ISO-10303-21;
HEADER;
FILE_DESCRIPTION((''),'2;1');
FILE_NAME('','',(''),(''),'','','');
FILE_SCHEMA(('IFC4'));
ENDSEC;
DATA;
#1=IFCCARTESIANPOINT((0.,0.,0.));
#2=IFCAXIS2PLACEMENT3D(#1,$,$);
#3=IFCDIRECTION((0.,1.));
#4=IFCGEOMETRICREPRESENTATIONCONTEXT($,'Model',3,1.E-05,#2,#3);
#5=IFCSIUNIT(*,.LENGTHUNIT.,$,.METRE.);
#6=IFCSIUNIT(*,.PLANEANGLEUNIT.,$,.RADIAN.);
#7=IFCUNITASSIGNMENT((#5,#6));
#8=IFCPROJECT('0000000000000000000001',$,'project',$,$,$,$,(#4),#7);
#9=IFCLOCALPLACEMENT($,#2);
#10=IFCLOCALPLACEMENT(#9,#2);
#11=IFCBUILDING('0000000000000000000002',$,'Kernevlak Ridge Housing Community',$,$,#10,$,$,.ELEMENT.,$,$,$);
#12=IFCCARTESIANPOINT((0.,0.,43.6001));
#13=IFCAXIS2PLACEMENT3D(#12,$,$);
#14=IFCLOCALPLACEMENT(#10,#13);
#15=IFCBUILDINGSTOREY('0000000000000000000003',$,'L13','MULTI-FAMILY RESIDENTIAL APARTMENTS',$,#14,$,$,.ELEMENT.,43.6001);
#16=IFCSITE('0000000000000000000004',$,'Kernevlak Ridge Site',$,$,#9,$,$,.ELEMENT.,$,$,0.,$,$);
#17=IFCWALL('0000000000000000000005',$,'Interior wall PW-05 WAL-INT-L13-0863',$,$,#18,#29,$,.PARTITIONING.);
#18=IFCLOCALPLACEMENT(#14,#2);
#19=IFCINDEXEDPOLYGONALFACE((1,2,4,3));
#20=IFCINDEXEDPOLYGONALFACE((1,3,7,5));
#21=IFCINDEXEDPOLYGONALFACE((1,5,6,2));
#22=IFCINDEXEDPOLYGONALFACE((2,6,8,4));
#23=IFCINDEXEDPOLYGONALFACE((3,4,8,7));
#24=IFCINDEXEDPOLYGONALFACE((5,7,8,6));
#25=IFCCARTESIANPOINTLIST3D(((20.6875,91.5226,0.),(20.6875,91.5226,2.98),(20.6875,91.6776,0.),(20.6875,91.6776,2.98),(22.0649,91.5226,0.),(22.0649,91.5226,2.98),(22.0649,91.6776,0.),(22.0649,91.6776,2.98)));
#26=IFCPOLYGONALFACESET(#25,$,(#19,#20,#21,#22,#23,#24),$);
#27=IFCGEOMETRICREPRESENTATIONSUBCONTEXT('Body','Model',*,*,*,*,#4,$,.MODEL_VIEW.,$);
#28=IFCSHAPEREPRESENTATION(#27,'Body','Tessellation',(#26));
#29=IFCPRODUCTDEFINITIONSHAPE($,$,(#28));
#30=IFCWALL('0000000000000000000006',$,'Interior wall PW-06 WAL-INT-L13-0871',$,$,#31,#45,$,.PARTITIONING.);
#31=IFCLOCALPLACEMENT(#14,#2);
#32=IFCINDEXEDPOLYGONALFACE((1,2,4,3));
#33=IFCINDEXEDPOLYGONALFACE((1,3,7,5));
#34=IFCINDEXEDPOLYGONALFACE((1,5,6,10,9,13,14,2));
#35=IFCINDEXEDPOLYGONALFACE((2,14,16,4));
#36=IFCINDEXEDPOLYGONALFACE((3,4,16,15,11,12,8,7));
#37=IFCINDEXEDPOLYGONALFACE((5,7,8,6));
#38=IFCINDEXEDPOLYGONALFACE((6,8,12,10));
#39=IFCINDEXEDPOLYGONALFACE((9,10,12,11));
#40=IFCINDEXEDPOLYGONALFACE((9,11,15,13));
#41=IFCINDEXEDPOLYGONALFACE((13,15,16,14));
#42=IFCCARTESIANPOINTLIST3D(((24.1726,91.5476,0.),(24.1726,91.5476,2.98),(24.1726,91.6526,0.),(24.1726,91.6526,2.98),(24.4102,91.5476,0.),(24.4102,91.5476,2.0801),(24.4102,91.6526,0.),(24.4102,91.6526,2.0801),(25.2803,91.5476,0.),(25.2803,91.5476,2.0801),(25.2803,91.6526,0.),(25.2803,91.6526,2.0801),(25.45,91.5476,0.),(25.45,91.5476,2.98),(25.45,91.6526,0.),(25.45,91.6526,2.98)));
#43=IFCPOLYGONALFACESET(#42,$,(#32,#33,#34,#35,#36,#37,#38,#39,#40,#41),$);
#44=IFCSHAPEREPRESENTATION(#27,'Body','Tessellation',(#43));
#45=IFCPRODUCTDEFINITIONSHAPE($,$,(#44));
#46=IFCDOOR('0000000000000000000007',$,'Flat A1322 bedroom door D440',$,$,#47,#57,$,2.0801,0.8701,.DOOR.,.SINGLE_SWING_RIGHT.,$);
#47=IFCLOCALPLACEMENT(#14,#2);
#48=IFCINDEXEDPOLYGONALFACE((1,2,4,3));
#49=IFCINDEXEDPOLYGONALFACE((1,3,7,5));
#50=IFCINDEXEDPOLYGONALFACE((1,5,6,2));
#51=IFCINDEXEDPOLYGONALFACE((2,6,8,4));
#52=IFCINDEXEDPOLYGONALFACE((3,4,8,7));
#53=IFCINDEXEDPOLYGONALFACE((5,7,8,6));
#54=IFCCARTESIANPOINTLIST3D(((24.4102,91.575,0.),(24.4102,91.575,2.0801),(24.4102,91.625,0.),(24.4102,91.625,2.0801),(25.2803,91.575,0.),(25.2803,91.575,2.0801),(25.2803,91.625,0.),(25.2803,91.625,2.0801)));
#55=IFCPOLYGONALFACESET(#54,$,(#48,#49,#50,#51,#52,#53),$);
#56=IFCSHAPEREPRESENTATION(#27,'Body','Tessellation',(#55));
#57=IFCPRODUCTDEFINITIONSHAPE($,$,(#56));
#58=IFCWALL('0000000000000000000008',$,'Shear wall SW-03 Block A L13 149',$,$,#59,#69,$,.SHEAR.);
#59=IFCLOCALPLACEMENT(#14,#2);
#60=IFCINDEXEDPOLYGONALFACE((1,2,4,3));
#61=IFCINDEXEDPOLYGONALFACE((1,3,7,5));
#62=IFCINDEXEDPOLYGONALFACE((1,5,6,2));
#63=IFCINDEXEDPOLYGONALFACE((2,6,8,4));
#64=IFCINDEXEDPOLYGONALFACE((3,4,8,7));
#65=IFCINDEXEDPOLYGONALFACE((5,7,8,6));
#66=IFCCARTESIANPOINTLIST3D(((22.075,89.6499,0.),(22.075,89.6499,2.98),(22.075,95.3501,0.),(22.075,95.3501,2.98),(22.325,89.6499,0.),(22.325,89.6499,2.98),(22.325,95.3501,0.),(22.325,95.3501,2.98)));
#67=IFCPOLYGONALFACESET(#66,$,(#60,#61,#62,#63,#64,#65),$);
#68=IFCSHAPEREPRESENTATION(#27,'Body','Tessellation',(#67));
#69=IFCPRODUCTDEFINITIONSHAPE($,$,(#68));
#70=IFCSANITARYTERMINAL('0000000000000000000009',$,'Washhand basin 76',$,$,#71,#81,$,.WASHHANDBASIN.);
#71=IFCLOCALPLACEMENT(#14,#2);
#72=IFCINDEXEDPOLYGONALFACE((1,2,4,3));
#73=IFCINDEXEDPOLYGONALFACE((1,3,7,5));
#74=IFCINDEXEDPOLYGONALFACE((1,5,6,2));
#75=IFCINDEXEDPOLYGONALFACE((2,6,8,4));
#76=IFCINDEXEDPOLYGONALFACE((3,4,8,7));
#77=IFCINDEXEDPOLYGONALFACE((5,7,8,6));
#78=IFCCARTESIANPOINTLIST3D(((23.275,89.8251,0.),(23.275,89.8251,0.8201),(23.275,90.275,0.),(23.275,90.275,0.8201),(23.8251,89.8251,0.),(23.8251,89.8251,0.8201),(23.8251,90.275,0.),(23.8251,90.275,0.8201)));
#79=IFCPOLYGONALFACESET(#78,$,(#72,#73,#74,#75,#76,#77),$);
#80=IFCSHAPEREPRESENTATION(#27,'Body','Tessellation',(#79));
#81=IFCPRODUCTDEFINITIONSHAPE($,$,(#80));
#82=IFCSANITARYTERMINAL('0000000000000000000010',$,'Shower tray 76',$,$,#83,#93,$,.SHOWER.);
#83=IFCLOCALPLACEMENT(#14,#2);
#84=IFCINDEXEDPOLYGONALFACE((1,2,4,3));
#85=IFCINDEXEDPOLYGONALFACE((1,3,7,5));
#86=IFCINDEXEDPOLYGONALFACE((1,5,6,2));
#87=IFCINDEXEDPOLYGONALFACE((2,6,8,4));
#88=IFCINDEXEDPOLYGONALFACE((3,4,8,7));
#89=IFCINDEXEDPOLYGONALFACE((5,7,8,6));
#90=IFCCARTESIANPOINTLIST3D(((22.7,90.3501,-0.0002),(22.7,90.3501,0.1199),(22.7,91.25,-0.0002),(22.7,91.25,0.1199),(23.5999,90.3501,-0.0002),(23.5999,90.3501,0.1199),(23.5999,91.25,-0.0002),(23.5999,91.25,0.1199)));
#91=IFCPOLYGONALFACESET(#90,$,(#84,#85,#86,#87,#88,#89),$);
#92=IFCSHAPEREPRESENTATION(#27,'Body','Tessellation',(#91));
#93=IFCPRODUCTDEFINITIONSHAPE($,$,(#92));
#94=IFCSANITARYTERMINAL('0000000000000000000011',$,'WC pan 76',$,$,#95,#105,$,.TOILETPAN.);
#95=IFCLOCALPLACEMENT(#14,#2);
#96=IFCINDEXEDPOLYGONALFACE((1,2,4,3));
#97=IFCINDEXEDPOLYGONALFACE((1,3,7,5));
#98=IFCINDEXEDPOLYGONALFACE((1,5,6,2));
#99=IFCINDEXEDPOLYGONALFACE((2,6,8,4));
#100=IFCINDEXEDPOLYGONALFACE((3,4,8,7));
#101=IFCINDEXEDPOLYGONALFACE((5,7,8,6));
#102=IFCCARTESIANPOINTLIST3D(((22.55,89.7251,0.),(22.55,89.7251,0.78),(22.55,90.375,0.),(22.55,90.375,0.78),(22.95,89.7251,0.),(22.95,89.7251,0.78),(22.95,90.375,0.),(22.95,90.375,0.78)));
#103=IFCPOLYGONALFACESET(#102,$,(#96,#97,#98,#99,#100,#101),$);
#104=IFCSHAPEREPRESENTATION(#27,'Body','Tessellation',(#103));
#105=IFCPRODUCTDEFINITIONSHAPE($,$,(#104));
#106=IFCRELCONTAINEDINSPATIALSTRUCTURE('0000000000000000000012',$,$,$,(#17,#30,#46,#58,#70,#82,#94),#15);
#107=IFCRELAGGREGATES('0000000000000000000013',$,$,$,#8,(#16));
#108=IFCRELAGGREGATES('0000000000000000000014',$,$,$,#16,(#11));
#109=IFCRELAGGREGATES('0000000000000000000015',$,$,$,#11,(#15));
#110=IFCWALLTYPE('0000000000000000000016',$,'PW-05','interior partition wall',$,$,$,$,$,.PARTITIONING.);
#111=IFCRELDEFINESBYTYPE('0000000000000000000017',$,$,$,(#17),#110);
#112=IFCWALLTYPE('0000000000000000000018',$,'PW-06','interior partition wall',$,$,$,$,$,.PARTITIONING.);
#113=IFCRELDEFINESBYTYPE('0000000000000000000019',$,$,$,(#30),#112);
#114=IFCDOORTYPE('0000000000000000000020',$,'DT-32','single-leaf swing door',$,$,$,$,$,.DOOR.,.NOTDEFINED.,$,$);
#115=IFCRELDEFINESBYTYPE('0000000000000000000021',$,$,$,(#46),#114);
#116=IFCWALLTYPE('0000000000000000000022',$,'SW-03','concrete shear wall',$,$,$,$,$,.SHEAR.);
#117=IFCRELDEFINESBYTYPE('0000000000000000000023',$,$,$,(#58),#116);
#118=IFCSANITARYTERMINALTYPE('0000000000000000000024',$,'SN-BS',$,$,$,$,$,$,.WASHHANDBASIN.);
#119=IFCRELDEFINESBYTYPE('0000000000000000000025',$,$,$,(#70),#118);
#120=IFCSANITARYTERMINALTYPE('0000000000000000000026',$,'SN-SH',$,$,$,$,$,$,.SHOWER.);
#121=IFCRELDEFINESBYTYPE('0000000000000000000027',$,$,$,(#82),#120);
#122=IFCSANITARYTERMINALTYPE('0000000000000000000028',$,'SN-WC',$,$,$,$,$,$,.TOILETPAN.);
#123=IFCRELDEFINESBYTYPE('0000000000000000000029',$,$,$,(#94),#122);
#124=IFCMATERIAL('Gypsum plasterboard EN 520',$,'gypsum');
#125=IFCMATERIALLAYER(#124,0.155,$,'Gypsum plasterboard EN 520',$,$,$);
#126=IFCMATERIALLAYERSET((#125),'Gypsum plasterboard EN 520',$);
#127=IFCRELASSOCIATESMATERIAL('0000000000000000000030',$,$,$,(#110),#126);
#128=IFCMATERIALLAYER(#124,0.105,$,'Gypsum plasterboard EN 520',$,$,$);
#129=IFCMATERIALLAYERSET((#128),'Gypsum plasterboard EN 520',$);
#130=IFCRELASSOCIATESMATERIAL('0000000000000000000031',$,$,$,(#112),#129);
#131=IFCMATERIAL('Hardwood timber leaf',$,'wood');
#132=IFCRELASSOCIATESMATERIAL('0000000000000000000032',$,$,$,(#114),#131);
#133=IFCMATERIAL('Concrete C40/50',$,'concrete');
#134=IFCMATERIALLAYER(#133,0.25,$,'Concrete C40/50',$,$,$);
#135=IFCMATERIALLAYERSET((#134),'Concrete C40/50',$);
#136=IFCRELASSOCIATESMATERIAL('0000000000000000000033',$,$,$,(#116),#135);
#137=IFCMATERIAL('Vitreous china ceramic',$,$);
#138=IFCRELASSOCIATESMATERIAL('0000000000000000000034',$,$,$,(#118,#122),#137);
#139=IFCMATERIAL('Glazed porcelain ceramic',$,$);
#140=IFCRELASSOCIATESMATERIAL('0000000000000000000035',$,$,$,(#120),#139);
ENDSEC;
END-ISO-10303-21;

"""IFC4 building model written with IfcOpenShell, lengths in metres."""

from ifc_helpers import new_model, si_unit, direction, frame, frame_2d, origin, origin_2d, place, context, subcontext, project, spatial, rectangle, extrude, material, layer, layer_set, type_object, element, fill, save


model = new_model("IFC4")

# Units and contexts
model_context = context("Model", 3, precision=1e-05, world=origin(), true_north=direction((0.0, 1.0)))
body_context = subcontext(model_context, "Body", "Model", "MODEL_VIEW")
ifc_project = project(units=[si_unit("LENGTHUNIT", "METRE"), si_unit("PLANEANGLEUNIT", "RADIAN")], contexts=[model_context])

# Site, building, storey
site_placement = place(None, origin())
site = spatial("IfcSite", under=ifc_project, at=site_placement, Name="Kernevlak Ridge Site", CompositionType="ELEMENT", RefElevation=0.0)
building_placement = place(site_placement, origin())
building = spatial("IfcBuilding", under=site, at=building_placement, Name="Kernevlak Ridge Housing Community", CompositionType="ELEMENT")
storey_placement = place(building_placement, frame((0.0, 0.0, 43.6001)))
storey = spatial("IfcBuildingStorey", under=building, at=storey_placement, Name="L13", Description="MULTI-FAMILY RESIDENTIAL APARTMENTS", CompositionType="ELEMENT", Elevation=43.6001)

# Shared definitions
ifc_material_1 = material(Name="Hardwood timber leaf", Category="wood")
ifc_material_2 = material(Name="Gypsum plasterboard EN 520", Category="gypsum")

# Wall
ifc_layer_1 = layer(ifc_material_2, 0.155, Name="Gypsum plasterboard EN 520")
ifc_layer_set_1 = layer_set([ifc_layer_1], Name="Gypsum plasterboard EN 520")
wall_type_1 = type_object("IfcWallType", Name="PW-05", Description="interior partition wall", PredefinedType="PARTITIONING", material=ifc_layer_set_1)
wall_1_placement = place(storey_placement, frame((20.6875, 91.6001, 0.0), z_axis=(0.0, 0.0, 1.0), x_axis=(1.0, 0.0, 0.0)))
element("IfcWall", 1, at=wall_1_placement, inside=storey, type_object=wall_type_1, Name="Interior wall PW-05 WAL-INT-L13-0863", PredefinedType="PARTITIONING", context=body_context, shape_type="SweptSolid", body=[
    extrude(rectangle(XDim=1.3774, YDim=0.155, at=frame_2d((0.6887, 0.0))), origin(), (0.0, 0.0, 1.0), 2.98),
])

# Wall, opening, door
ifc_layer_2 = layer(ifc_material_2, 0.105, Name="Gypsum plasterboard EN 520")
ifc_layer_set_2 = layer_set([ifc_layer_2], Name="Gypsum plasterboard EN 520")
wall_type_2 = type_object("IfcWallType", Name="PW-06", Description="interior partition wall", PredefinedType="PARTITIONING", material=ifc_layer_set_2)
wall_2_placement = place(storey_placement, frame((24.1726, 91.6001, 0.0), z_axis=(0.0, 0.0, 1.0), x_axis=(1.0, 0.0, 0.0)))
wall_2 = element("IfcWall", 2, at=wall_2_placement, inside=storey, type_object=wall_type_2, Name="Interior wall PW-06 WAL-INT-L13-0871", PredefinedType="PARTITIONING", context=body_context, shape_type="SweptSolid", body=[
    extrude(rectangle(XDim=1.2773, YDim=0.105, at=frame_2d((0.6387, 0.0))), origin(), (0.0, 0.0, 1.0), 2.98),
])
opening_1_placement = place(wall_2_placement, frame((0.2375, 0.0, 0.0)))
opening_1 = element("IfcOpeningElement", 3, at=opening_1_placement, cuts=wall_2, PredefinedType="OPENING", context=body_context, shape_type="SweptSolid", body=[
    extrude(rectangle(XDim=0.8701, YDim=2.0801, at=frame_2d((0.4351, 1.04))), frame((0.0, 0.0625, 0.0), z_axis=(0.0, -1.0, 0.0), x_axis=(1.0, 0.0, 0.0)), (0.0, 0.0, 1.0), 0.125),
])
door_type_1 = type_object("IfcDoorType", Name="DT-32", Description="single-leaf swing door", OperationType="NOTDEFINED", PredefinedType="DOOR", material=ifc_material_1)
door_1_placement = place(opening_1_placement, origin())
door_1 = element("IfcDoor", 4, at=door_1_placement, inside=storey, type_object=door_type_1, Name="Flat A1322 bedroom door D440", OperationType="SINGLE_SWING_RIGHT", OverallHeight=2.0801, OverallWidth=0.8701, PredefinedType="DOOR", context=body_context, shape_type="SweptSolid", body=[
    extrude(rectangle(XDim=0.8701, YDim=2.0801, at=frame_2d((0.4351, 1.04))), frame((0.0, 0.0249, 0.0), z_axis=(0.0, -1.0, 0.0), x_axis=(1.0, 0.0, 0.0)), (0.0, 0.0, 1.0), 0.05),
])
fill(opening_1, door_1)

# Wall
ifc_material_3 = material(Name="Concrete C40/50", Category="concrete")
ifc_layer_3 = layer(ifc_material_3, 0.25, Name="Concrete C40/50")
ifc_layer_set_3 = layer_set([ifc_layer_3], Name="Concrete C40/50")
wall_type_3 = type_object("IfcWallType", Name="SW-03", Description="concrete shear wall", PredefinedType="SHEAR", material=ifc_layer_set_3)
wall_3_placement = place(storey_placement, frame((22.2, 89.6499, 0.0), z_axis=(0.0, 0.0, 1.0), x_axis=(0.0, 1.0, 0.0)))
element("IfcWall", 5, at=wall_3_placement, inside=storey, type_object=wall_type_3, Name="Shear wall SW-03 Block A L13 149", PredefinedType="SHEAR", context=body_context, shape_type="SweptSolid", body=[
    extrude(rectangle(XDim=5.7002, YDim=0.25, at=frame_2d((2.8501, 0.0))), origin(), (0.0, 0.0, 1.0), 2.98),
])

# Sanitary terminals
ifc_material_4 = material(Name="Vitreous china ceramic")
sanitary_terminal_type_1 = type_object("IfcSanitaryTerminalType", Name="SN-BS", PredefinedType="WASHHANDBASIN", material=ifc_material_4)
sanitary_terminal_1_placement = place(storey_placement, frame((23.55, 90.05, 0.0), z_axis=(0.0, 0.0, 1.0), x_axis=(1.0, 0.0, 0.0)))
element("IfcSanitaryTerminal", 6, at=sanitary_terminal_1_placement, inside=storey, type_object=sanitary_terminal_type_1, Name="Washhand basin 76", PredefinedType="WASHHANDBASIN", context=body_context, shape_type="SweptSolid", body=[
    extrude(rectangle(XDim=0.55, YDim=0.45, at=origin_2d()), origin(), (0.0, 0.0, 1.0), 0.8201),
])
ifc_material_5 = material(Name="Glazed porcelain ceramic")
sanitary_terminal_type_2 = type_object("IfcSanitaryTerminalType", Name="SN-SH", PredefinedType="SHOWER", material=ifc_material_5)
sanitary_terminal_2_placement = place(storey_placement, frame((23.1499, 90.8, -0.0002), z_axis=(0.0, 0.0, 1.0), x_axis=(1.0, 0.0, 0.0)))
element("IfcSanitaryTerminal", 7, at=sanitary_terminal_2_placement, inside=storey, type_object=sanitary_terminal_type_2, Name="Shower tray 76", PredefinedType="SHOWER", context=body_context, shape_type="SweptSolid", body=[
    extrude(rectangle(XDim=0.8999, YDim=0.8999, at=origin_2d()), origin(), (0.0, 0.0, 1.0), 0.1201),
])
sanitary_terminal_type_3 = type_object("IfcSanitaryTerminalType", Name="SN-WC", PredefinedType="TOILETPAN", material=ifc_material_4)
sanitary_terminal_3_placement = place(storey_placement, frame((22.75, 90.05, 0.0), z_axis=(0.0, 0.0, 1.0), x_axis=(1.0, 0.0, 0.0)))
element("IfcSanitaryTerminal", 8, at=sanitary_terminal_3_placement, inside=storey, type_object=sanitary_terminal_type_3, Name="WC pan 76", PredefinedType="TOILETPAN", context=body_context, shape_type="SweptSolid", body=[
    extrude(rectangle(XDim=0.3999, YDim=0.6499, at=origin_2d()), origin(), (0.0, 0.0, 1.0), 0.78),
])

save(model, "model.ifc")
